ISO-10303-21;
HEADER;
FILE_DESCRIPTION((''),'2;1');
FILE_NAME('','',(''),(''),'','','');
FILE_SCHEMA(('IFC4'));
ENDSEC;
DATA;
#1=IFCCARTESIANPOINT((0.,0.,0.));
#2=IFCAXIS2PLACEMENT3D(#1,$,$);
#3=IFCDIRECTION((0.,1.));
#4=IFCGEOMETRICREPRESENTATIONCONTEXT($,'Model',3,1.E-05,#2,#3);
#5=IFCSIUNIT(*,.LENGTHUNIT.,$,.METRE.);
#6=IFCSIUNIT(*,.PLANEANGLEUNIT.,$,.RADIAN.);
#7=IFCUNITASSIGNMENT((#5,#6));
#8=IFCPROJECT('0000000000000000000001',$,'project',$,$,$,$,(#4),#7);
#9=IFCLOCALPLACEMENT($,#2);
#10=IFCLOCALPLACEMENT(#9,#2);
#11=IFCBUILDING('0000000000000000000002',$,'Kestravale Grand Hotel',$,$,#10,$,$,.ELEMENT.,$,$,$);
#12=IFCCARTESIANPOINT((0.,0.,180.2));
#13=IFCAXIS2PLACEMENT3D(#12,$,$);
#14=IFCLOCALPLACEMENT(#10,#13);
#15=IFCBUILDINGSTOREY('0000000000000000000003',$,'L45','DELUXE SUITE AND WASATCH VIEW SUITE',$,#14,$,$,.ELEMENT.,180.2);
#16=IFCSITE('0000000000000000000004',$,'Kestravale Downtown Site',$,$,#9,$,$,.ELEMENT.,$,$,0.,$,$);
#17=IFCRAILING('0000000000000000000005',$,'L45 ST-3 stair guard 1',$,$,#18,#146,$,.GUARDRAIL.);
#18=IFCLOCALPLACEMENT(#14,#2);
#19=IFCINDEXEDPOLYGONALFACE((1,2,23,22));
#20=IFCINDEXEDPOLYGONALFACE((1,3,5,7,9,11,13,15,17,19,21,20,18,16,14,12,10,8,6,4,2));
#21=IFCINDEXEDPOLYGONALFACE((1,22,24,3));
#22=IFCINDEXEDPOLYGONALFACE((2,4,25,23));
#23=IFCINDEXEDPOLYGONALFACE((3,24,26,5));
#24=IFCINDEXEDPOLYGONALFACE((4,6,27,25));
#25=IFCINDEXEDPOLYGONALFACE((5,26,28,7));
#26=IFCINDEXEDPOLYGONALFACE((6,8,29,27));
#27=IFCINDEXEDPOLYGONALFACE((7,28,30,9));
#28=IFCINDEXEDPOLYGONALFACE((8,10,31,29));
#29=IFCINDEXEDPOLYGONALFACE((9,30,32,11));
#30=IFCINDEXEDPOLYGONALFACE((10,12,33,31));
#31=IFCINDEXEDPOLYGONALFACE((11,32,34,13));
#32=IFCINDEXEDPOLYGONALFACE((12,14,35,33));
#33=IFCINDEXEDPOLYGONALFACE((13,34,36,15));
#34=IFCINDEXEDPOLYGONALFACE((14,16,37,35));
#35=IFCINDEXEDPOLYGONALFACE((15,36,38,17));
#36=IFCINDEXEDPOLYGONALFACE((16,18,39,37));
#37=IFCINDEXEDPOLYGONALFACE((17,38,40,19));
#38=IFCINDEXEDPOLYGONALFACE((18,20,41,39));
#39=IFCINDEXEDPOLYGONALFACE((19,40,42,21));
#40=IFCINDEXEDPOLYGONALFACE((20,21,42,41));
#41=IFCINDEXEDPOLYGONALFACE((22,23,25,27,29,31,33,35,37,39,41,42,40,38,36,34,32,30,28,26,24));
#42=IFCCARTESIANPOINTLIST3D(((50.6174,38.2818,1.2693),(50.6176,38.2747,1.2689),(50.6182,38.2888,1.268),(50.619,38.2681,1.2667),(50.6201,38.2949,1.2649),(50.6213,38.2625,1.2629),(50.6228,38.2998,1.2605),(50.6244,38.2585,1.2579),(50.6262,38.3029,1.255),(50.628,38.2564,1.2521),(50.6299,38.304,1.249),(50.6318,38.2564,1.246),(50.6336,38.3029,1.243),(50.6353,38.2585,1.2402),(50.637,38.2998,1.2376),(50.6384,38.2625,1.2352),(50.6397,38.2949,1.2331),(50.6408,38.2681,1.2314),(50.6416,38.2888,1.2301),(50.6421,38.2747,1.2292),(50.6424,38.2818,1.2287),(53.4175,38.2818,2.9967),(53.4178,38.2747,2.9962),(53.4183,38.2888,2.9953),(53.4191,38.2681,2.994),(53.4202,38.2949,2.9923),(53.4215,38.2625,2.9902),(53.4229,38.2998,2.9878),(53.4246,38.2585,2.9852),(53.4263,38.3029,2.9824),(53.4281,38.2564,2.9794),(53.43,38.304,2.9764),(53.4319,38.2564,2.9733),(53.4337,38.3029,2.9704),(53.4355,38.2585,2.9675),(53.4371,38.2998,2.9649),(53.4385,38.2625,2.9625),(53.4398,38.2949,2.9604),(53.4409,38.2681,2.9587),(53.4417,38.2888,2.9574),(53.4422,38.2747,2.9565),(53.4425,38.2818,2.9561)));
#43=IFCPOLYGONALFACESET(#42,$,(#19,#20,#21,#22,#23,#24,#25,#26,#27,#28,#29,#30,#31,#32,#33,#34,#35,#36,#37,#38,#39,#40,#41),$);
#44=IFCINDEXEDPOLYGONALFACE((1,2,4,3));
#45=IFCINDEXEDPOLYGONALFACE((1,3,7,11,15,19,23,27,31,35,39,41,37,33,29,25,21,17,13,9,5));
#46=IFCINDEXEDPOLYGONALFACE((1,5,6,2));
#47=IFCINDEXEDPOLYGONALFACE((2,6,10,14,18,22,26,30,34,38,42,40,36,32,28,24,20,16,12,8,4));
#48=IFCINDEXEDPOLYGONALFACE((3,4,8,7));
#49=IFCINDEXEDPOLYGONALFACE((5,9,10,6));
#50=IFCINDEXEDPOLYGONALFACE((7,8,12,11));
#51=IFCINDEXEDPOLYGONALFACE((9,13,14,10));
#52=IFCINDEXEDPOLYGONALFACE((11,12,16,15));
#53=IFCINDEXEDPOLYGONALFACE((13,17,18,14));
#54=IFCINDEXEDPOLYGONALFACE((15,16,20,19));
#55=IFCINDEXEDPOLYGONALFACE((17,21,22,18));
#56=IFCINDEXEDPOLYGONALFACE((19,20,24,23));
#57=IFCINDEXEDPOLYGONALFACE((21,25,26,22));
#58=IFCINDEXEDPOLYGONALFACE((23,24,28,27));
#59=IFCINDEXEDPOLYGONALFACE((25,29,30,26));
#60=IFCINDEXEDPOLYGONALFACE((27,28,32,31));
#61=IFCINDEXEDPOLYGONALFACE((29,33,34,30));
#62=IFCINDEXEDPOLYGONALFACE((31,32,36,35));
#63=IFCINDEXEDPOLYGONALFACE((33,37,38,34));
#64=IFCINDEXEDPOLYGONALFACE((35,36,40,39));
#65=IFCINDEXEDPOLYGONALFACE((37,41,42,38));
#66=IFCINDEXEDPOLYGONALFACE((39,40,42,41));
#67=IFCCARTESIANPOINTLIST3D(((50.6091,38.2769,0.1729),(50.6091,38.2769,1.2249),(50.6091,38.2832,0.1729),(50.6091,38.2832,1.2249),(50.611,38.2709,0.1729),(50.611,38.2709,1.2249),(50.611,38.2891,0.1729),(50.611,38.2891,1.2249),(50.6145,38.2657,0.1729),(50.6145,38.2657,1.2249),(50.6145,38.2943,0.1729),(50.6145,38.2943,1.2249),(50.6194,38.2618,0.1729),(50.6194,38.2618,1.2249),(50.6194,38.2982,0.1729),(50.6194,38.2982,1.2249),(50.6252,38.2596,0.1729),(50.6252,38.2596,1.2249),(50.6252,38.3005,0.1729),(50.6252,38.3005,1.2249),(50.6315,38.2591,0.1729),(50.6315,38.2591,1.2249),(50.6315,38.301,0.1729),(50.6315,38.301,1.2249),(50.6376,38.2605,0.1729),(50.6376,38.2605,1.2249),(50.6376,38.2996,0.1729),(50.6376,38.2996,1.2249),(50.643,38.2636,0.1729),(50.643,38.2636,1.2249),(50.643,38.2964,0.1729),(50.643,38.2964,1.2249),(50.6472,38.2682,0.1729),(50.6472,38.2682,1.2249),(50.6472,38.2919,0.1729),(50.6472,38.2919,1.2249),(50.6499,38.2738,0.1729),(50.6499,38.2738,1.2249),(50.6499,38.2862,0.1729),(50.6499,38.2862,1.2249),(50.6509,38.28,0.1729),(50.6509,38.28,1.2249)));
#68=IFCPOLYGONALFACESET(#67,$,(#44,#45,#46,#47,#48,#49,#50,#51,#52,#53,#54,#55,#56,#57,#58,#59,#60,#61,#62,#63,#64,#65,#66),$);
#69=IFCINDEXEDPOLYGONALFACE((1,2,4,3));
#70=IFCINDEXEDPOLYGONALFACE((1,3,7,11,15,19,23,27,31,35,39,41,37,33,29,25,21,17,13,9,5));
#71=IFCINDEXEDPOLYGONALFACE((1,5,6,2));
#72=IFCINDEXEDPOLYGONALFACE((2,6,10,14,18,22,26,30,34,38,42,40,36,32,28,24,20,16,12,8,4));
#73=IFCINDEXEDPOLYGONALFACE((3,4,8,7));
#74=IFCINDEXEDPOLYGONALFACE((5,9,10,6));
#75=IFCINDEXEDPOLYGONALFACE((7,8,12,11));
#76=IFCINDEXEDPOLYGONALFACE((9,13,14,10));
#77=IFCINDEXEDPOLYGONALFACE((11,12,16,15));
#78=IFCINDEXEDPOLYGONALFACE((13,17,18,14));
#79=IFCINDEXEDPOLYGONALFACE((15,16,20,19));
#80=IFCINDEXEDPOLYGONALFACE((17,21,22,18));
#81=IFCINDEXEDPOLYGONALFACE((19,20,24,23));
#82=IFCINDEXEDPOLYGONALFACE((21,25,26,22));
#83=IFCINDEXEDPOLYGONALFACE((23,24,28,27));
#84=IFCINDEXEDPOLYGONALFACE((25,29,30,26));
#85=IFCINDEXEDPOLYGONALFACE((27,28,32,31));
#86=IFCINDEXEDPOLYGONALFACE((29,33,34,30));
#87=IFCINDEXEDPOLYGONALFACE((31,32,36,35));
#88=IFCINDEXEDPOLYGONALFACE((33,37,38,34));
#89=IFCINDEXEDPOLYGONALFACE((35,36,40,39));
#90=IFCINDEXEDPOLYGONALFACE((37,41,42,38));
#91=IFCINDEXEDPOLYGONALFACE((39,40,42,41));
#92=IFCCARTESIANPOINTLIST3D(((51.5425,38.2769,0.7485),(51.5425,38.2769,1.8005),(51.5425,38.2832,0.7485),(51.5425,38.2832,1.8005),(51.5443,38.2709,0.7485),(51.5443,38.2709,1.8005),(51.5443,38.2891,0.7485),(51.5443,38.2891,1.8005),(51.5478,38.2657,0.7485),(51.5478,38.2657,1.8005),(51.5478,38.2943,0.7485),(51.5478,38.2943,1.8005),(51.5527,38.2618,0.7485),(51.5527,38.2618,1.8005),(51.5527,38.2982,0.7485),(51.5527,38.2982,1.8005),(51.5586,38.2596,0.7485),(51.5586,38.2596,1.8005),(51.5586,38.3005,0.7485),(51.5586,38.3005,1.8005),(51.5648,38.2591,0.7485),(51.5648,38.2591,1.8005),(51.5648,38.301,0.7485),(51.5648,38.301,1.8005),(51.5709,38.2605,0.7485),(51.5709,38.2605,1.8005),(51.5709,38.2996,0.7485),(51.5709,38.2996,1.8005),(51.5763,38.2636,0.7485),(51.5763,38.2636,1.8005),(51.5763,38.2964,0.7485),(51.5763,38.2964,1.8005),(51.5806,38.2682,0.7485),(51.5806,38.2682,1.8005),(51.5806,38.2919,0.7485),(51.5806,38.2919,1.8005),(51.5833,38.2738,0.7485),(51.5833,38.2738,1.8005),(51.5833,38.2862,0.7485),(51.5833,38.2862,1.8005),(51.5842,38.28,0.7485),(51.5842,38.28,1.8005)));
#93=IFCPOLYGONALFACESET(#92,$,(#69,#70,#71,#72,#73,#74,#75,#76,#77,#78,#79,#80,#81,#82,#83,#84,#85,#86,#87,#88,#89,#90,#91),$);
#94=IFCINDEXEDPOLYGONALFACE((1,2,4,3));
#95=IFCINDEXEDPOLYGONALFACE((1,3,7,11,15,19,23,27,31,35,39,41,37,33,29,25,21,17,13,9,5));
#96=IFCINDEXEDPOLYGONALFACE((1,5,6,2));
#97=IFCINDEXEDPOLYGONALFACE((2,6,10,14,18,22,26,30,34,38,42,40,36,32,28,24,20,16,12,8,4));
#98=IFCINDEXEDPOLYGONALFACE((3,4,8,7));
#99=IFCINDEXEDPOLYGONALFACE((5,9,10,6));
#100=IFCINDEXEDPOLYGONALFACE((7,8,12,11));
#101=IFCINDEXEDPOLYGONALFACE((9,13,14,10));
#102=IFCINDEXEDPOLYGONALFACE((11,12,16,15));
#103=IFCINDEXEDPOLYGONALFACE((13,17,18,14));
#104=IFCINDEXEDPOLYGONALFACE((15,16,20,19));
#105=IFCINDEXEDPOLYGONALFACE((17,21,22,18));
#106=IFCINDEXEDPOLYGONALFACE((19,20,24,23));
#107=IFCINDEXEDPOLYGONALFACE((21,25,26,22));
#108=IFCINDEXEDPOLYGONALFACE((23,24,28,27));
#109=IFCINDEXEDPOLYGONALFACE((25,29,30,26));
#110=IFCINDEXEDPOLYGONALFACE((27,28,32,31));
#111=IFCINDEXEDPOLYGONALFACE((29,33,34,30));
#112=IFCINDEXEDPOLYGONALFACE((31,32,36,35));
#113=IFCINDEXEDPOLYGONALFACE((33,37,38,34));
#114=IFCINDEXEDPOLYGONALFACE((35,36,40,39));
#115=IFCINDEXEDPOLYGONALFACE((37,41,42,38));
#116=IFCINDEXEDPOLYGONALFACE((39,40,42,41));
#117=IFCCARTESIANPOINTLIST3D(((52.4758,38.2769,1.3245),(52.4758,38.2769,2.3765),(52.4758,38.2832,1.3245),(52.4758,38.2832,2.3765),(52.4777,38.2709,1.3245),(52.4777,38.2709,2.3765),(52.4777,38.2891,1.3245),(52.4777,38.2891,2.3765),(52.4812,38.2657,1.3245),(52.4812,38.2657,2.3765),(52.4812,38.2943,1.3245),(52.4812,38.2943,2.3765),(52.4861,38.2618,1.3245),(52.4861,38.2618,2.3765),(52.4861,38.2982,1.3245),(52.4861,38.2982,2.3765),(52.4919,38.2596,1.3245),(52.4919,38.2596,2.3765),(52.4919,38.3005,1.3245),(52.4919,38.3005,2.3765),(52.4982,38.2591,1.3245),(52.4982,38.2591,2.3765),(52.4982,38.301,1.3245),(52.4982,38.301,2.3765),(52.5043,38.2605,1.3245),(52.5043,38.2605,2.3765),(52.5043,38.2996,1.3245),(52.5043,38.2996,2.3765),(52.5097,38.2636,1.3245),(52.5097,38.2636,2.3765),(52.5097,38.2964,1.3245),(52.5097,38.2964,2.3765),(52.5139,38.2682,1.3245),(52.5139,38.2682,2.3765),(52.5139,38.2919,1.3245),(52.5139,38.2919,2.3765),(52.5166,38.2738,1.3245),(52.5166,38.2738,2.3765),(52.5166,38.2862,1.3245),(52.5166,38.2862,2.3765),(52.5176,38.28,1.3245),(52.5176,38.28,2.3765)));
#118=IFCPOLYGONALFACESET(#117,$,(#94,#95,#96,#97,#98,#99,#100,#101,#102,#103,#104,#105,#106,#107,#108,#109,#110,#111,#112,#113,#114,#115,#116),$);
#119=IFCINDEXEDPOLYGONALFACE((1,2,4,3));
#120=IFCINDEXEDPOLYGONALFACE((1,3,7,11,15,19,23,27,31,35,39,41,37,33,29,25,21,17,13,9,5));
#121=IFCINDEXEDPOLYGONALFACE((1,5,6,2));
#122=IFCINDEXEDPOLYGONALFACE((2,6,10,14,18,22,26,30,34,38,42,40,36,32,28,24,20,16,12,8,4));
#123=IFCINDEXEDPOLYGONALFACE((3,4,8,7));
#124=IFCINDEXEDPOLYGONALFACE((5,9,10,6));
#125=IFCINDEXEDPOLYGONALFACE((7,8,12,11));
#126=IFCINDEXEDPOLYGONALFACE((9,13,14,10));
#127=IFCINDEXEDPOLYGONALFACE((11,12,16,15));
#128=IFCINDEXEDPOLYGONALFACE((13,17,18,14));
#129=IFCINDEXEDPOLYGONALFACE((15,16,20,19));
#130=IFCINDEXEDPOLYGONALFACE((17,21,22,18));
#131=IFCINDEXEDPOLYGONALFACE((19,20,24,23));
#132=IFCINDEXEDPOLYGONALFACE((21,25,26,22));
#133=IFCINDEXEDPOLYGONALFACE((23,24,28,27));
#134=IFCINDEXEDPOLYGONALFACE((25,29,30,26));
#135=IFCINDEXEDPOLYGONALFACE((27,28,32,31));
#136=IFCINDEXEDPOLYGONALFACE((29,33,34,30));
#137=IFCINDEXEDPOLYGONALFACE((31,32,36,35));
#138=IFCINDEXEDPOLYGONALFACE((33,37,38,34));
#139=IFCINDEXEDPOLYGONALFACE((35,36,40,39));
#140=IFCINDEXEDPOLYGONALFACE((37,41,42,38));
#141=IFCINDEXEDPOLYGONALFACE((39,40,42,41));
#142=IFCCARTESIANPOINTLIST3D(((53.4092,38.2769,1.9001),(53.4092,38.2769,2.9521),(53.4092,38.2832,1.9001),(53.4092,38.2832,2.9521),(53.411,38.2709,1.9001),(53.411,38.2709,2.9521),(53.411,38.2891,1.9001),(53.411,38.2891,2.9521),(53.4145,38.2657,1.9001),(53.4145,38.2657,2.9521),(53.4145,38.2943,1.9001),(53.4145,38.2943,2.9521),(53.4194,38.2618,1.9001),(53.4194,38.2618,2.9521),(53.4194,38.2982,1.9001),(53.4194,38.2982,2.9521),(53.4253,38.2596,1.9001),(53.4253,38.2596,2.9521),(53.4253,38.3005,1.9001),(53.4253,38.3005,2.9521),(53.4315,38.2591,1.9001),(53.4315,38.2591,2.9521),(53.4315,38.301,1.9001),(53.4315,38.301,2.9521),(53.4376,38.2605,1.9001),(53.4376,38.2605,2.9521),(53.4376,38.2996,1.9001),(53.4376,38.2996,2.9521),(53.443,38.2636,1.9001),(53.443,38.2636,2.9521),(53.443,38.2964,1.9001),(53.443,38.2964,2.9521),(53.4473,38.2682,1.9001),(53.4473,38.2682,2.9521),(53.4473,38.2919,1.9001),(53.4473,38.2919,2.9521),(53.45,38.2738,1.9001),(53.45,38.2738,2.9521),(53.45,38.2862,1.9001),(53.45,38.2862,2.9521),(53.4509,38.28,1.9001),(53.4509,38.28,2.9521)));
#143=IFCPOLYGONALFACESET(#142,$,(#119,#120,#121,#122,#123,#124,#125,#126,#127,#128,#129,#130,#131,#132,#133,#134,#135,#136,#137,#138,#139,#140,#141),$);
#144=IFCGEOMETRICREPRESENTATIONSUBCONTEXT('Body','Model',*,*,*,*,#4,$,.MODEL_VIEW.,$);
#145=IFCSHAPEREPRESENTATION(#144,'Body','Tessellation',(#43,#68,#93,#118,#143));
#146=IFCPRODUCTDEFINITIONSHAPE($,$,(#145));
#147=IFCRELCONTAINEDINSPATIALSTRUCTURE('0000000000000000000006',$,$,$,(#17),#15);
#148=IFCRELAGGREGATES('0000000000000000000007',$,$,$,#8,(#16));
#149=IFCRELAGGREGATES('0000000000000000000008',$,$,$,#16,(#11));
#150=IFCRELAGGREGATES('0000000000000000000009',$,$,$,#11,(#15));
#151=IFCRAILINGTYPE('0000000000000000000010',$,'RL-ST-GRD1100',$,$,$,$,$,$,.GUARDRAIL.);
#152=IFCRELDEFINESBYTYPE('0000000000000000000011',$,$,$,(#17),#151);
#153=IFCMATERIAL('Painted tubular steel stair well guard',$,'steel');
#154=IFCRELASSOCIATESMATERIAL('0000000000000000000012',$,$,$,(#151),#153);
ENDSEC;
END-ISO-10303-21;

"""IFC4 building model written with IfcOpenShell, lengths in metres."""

from ifc_helpers import new_model, si_unit, direction, frame, origin, origin_2d, place, context, subcontext, project, spatial, circle, extrude, material, type_object, element, save


model = new_model("IFC4")

# Units and contexts
model_context = context("Model", 3, precision=1e-05, world=origin(), true_north=direction((0.0, 1.0)))
body_context = subcontext(model_context, "Body", "Model", "MODEL_VIEW")
ifc_project = project(units=[si_unit("LENGTHUNIT", "METRE"), si_unit("PLANEANGLEUNIT", "RADIAN")], contexts=[model_context])

# Site, building, storey
site_placement = place(None, origin())
site = spatial("IfcSite", under=ifc_project, at=site_placement, Name="Kestravale Downtown Site", CompositionType="ELEMENT", RefElevation=0.0)
building_placement = place(site_placement, origin())
building = spatial("IfcBuilding", under=site, at=building_placement, Name="Kestravale Grand Hotel", CompositionType="ELEMENT")
storey_placement = place(building_placement, frame((0.0, 0.0, 180.2)))
storey = spatial("IfcBuildingStorey", under=building, at=storey_placement, Name="L45", Description="DELUXE SUITE AND WASATCH VIEW SUITE", CompositionType="ELEMENT", Elevation=180.2)

# Railing
ifc_material_1 = material(Name="Painted tubular steel stair well guard", Category="steel")
railing_type_1 = type_object("IfcRailingType", Name="RL-ST-GRD1100", PredefinedType="GUARDRAIL", material=ifc_material_1)
railing_1_placement = place(storey_placement, frame((50.6299, 38.28, 0.1729)))
element("IfcRailing", 1, at=railing_1_placement, inside=storey, type_object=railing_type_1, Name="L45 ST-3 stair guard 1", PredefinedType="GUARDRAIL", context=body_context, shape_type="SweptSolid", body=[
    extrude(circle(Radius=0.0239, at=origin_2d()), frame((0.0, 0.0, 1.0762), z_axis=(0.85109, 0.0, 0.52502), x_axis=(0.0, 1.0, 0.0)), (0.0, 0.0, 1.0), 3.29),
    extrude(circle(Radius=0.021, at=origin_2d()), origin(), (0.0, 0.0, 1.0), 1.052),
    extrude(circle(Radius=0.021, at=origin_2d()), frame((0.9333, 0.0, 0.5757)), (0.0, 0.0, 1.0), 1.052),
    extrude(circle(Radius=0.021, at=origin_2d()), frame((1.8667, 0.0, 1.1516)), (0.0, 0.0, 1.0), 1.052),
    extrude(circle(Radius=0.021, at=origin_2d()), frame((2.8, 0.0, 1.7273)), (0.0, 0.0, 1.0), 1.052),
])

save(model, "model.ifc")
